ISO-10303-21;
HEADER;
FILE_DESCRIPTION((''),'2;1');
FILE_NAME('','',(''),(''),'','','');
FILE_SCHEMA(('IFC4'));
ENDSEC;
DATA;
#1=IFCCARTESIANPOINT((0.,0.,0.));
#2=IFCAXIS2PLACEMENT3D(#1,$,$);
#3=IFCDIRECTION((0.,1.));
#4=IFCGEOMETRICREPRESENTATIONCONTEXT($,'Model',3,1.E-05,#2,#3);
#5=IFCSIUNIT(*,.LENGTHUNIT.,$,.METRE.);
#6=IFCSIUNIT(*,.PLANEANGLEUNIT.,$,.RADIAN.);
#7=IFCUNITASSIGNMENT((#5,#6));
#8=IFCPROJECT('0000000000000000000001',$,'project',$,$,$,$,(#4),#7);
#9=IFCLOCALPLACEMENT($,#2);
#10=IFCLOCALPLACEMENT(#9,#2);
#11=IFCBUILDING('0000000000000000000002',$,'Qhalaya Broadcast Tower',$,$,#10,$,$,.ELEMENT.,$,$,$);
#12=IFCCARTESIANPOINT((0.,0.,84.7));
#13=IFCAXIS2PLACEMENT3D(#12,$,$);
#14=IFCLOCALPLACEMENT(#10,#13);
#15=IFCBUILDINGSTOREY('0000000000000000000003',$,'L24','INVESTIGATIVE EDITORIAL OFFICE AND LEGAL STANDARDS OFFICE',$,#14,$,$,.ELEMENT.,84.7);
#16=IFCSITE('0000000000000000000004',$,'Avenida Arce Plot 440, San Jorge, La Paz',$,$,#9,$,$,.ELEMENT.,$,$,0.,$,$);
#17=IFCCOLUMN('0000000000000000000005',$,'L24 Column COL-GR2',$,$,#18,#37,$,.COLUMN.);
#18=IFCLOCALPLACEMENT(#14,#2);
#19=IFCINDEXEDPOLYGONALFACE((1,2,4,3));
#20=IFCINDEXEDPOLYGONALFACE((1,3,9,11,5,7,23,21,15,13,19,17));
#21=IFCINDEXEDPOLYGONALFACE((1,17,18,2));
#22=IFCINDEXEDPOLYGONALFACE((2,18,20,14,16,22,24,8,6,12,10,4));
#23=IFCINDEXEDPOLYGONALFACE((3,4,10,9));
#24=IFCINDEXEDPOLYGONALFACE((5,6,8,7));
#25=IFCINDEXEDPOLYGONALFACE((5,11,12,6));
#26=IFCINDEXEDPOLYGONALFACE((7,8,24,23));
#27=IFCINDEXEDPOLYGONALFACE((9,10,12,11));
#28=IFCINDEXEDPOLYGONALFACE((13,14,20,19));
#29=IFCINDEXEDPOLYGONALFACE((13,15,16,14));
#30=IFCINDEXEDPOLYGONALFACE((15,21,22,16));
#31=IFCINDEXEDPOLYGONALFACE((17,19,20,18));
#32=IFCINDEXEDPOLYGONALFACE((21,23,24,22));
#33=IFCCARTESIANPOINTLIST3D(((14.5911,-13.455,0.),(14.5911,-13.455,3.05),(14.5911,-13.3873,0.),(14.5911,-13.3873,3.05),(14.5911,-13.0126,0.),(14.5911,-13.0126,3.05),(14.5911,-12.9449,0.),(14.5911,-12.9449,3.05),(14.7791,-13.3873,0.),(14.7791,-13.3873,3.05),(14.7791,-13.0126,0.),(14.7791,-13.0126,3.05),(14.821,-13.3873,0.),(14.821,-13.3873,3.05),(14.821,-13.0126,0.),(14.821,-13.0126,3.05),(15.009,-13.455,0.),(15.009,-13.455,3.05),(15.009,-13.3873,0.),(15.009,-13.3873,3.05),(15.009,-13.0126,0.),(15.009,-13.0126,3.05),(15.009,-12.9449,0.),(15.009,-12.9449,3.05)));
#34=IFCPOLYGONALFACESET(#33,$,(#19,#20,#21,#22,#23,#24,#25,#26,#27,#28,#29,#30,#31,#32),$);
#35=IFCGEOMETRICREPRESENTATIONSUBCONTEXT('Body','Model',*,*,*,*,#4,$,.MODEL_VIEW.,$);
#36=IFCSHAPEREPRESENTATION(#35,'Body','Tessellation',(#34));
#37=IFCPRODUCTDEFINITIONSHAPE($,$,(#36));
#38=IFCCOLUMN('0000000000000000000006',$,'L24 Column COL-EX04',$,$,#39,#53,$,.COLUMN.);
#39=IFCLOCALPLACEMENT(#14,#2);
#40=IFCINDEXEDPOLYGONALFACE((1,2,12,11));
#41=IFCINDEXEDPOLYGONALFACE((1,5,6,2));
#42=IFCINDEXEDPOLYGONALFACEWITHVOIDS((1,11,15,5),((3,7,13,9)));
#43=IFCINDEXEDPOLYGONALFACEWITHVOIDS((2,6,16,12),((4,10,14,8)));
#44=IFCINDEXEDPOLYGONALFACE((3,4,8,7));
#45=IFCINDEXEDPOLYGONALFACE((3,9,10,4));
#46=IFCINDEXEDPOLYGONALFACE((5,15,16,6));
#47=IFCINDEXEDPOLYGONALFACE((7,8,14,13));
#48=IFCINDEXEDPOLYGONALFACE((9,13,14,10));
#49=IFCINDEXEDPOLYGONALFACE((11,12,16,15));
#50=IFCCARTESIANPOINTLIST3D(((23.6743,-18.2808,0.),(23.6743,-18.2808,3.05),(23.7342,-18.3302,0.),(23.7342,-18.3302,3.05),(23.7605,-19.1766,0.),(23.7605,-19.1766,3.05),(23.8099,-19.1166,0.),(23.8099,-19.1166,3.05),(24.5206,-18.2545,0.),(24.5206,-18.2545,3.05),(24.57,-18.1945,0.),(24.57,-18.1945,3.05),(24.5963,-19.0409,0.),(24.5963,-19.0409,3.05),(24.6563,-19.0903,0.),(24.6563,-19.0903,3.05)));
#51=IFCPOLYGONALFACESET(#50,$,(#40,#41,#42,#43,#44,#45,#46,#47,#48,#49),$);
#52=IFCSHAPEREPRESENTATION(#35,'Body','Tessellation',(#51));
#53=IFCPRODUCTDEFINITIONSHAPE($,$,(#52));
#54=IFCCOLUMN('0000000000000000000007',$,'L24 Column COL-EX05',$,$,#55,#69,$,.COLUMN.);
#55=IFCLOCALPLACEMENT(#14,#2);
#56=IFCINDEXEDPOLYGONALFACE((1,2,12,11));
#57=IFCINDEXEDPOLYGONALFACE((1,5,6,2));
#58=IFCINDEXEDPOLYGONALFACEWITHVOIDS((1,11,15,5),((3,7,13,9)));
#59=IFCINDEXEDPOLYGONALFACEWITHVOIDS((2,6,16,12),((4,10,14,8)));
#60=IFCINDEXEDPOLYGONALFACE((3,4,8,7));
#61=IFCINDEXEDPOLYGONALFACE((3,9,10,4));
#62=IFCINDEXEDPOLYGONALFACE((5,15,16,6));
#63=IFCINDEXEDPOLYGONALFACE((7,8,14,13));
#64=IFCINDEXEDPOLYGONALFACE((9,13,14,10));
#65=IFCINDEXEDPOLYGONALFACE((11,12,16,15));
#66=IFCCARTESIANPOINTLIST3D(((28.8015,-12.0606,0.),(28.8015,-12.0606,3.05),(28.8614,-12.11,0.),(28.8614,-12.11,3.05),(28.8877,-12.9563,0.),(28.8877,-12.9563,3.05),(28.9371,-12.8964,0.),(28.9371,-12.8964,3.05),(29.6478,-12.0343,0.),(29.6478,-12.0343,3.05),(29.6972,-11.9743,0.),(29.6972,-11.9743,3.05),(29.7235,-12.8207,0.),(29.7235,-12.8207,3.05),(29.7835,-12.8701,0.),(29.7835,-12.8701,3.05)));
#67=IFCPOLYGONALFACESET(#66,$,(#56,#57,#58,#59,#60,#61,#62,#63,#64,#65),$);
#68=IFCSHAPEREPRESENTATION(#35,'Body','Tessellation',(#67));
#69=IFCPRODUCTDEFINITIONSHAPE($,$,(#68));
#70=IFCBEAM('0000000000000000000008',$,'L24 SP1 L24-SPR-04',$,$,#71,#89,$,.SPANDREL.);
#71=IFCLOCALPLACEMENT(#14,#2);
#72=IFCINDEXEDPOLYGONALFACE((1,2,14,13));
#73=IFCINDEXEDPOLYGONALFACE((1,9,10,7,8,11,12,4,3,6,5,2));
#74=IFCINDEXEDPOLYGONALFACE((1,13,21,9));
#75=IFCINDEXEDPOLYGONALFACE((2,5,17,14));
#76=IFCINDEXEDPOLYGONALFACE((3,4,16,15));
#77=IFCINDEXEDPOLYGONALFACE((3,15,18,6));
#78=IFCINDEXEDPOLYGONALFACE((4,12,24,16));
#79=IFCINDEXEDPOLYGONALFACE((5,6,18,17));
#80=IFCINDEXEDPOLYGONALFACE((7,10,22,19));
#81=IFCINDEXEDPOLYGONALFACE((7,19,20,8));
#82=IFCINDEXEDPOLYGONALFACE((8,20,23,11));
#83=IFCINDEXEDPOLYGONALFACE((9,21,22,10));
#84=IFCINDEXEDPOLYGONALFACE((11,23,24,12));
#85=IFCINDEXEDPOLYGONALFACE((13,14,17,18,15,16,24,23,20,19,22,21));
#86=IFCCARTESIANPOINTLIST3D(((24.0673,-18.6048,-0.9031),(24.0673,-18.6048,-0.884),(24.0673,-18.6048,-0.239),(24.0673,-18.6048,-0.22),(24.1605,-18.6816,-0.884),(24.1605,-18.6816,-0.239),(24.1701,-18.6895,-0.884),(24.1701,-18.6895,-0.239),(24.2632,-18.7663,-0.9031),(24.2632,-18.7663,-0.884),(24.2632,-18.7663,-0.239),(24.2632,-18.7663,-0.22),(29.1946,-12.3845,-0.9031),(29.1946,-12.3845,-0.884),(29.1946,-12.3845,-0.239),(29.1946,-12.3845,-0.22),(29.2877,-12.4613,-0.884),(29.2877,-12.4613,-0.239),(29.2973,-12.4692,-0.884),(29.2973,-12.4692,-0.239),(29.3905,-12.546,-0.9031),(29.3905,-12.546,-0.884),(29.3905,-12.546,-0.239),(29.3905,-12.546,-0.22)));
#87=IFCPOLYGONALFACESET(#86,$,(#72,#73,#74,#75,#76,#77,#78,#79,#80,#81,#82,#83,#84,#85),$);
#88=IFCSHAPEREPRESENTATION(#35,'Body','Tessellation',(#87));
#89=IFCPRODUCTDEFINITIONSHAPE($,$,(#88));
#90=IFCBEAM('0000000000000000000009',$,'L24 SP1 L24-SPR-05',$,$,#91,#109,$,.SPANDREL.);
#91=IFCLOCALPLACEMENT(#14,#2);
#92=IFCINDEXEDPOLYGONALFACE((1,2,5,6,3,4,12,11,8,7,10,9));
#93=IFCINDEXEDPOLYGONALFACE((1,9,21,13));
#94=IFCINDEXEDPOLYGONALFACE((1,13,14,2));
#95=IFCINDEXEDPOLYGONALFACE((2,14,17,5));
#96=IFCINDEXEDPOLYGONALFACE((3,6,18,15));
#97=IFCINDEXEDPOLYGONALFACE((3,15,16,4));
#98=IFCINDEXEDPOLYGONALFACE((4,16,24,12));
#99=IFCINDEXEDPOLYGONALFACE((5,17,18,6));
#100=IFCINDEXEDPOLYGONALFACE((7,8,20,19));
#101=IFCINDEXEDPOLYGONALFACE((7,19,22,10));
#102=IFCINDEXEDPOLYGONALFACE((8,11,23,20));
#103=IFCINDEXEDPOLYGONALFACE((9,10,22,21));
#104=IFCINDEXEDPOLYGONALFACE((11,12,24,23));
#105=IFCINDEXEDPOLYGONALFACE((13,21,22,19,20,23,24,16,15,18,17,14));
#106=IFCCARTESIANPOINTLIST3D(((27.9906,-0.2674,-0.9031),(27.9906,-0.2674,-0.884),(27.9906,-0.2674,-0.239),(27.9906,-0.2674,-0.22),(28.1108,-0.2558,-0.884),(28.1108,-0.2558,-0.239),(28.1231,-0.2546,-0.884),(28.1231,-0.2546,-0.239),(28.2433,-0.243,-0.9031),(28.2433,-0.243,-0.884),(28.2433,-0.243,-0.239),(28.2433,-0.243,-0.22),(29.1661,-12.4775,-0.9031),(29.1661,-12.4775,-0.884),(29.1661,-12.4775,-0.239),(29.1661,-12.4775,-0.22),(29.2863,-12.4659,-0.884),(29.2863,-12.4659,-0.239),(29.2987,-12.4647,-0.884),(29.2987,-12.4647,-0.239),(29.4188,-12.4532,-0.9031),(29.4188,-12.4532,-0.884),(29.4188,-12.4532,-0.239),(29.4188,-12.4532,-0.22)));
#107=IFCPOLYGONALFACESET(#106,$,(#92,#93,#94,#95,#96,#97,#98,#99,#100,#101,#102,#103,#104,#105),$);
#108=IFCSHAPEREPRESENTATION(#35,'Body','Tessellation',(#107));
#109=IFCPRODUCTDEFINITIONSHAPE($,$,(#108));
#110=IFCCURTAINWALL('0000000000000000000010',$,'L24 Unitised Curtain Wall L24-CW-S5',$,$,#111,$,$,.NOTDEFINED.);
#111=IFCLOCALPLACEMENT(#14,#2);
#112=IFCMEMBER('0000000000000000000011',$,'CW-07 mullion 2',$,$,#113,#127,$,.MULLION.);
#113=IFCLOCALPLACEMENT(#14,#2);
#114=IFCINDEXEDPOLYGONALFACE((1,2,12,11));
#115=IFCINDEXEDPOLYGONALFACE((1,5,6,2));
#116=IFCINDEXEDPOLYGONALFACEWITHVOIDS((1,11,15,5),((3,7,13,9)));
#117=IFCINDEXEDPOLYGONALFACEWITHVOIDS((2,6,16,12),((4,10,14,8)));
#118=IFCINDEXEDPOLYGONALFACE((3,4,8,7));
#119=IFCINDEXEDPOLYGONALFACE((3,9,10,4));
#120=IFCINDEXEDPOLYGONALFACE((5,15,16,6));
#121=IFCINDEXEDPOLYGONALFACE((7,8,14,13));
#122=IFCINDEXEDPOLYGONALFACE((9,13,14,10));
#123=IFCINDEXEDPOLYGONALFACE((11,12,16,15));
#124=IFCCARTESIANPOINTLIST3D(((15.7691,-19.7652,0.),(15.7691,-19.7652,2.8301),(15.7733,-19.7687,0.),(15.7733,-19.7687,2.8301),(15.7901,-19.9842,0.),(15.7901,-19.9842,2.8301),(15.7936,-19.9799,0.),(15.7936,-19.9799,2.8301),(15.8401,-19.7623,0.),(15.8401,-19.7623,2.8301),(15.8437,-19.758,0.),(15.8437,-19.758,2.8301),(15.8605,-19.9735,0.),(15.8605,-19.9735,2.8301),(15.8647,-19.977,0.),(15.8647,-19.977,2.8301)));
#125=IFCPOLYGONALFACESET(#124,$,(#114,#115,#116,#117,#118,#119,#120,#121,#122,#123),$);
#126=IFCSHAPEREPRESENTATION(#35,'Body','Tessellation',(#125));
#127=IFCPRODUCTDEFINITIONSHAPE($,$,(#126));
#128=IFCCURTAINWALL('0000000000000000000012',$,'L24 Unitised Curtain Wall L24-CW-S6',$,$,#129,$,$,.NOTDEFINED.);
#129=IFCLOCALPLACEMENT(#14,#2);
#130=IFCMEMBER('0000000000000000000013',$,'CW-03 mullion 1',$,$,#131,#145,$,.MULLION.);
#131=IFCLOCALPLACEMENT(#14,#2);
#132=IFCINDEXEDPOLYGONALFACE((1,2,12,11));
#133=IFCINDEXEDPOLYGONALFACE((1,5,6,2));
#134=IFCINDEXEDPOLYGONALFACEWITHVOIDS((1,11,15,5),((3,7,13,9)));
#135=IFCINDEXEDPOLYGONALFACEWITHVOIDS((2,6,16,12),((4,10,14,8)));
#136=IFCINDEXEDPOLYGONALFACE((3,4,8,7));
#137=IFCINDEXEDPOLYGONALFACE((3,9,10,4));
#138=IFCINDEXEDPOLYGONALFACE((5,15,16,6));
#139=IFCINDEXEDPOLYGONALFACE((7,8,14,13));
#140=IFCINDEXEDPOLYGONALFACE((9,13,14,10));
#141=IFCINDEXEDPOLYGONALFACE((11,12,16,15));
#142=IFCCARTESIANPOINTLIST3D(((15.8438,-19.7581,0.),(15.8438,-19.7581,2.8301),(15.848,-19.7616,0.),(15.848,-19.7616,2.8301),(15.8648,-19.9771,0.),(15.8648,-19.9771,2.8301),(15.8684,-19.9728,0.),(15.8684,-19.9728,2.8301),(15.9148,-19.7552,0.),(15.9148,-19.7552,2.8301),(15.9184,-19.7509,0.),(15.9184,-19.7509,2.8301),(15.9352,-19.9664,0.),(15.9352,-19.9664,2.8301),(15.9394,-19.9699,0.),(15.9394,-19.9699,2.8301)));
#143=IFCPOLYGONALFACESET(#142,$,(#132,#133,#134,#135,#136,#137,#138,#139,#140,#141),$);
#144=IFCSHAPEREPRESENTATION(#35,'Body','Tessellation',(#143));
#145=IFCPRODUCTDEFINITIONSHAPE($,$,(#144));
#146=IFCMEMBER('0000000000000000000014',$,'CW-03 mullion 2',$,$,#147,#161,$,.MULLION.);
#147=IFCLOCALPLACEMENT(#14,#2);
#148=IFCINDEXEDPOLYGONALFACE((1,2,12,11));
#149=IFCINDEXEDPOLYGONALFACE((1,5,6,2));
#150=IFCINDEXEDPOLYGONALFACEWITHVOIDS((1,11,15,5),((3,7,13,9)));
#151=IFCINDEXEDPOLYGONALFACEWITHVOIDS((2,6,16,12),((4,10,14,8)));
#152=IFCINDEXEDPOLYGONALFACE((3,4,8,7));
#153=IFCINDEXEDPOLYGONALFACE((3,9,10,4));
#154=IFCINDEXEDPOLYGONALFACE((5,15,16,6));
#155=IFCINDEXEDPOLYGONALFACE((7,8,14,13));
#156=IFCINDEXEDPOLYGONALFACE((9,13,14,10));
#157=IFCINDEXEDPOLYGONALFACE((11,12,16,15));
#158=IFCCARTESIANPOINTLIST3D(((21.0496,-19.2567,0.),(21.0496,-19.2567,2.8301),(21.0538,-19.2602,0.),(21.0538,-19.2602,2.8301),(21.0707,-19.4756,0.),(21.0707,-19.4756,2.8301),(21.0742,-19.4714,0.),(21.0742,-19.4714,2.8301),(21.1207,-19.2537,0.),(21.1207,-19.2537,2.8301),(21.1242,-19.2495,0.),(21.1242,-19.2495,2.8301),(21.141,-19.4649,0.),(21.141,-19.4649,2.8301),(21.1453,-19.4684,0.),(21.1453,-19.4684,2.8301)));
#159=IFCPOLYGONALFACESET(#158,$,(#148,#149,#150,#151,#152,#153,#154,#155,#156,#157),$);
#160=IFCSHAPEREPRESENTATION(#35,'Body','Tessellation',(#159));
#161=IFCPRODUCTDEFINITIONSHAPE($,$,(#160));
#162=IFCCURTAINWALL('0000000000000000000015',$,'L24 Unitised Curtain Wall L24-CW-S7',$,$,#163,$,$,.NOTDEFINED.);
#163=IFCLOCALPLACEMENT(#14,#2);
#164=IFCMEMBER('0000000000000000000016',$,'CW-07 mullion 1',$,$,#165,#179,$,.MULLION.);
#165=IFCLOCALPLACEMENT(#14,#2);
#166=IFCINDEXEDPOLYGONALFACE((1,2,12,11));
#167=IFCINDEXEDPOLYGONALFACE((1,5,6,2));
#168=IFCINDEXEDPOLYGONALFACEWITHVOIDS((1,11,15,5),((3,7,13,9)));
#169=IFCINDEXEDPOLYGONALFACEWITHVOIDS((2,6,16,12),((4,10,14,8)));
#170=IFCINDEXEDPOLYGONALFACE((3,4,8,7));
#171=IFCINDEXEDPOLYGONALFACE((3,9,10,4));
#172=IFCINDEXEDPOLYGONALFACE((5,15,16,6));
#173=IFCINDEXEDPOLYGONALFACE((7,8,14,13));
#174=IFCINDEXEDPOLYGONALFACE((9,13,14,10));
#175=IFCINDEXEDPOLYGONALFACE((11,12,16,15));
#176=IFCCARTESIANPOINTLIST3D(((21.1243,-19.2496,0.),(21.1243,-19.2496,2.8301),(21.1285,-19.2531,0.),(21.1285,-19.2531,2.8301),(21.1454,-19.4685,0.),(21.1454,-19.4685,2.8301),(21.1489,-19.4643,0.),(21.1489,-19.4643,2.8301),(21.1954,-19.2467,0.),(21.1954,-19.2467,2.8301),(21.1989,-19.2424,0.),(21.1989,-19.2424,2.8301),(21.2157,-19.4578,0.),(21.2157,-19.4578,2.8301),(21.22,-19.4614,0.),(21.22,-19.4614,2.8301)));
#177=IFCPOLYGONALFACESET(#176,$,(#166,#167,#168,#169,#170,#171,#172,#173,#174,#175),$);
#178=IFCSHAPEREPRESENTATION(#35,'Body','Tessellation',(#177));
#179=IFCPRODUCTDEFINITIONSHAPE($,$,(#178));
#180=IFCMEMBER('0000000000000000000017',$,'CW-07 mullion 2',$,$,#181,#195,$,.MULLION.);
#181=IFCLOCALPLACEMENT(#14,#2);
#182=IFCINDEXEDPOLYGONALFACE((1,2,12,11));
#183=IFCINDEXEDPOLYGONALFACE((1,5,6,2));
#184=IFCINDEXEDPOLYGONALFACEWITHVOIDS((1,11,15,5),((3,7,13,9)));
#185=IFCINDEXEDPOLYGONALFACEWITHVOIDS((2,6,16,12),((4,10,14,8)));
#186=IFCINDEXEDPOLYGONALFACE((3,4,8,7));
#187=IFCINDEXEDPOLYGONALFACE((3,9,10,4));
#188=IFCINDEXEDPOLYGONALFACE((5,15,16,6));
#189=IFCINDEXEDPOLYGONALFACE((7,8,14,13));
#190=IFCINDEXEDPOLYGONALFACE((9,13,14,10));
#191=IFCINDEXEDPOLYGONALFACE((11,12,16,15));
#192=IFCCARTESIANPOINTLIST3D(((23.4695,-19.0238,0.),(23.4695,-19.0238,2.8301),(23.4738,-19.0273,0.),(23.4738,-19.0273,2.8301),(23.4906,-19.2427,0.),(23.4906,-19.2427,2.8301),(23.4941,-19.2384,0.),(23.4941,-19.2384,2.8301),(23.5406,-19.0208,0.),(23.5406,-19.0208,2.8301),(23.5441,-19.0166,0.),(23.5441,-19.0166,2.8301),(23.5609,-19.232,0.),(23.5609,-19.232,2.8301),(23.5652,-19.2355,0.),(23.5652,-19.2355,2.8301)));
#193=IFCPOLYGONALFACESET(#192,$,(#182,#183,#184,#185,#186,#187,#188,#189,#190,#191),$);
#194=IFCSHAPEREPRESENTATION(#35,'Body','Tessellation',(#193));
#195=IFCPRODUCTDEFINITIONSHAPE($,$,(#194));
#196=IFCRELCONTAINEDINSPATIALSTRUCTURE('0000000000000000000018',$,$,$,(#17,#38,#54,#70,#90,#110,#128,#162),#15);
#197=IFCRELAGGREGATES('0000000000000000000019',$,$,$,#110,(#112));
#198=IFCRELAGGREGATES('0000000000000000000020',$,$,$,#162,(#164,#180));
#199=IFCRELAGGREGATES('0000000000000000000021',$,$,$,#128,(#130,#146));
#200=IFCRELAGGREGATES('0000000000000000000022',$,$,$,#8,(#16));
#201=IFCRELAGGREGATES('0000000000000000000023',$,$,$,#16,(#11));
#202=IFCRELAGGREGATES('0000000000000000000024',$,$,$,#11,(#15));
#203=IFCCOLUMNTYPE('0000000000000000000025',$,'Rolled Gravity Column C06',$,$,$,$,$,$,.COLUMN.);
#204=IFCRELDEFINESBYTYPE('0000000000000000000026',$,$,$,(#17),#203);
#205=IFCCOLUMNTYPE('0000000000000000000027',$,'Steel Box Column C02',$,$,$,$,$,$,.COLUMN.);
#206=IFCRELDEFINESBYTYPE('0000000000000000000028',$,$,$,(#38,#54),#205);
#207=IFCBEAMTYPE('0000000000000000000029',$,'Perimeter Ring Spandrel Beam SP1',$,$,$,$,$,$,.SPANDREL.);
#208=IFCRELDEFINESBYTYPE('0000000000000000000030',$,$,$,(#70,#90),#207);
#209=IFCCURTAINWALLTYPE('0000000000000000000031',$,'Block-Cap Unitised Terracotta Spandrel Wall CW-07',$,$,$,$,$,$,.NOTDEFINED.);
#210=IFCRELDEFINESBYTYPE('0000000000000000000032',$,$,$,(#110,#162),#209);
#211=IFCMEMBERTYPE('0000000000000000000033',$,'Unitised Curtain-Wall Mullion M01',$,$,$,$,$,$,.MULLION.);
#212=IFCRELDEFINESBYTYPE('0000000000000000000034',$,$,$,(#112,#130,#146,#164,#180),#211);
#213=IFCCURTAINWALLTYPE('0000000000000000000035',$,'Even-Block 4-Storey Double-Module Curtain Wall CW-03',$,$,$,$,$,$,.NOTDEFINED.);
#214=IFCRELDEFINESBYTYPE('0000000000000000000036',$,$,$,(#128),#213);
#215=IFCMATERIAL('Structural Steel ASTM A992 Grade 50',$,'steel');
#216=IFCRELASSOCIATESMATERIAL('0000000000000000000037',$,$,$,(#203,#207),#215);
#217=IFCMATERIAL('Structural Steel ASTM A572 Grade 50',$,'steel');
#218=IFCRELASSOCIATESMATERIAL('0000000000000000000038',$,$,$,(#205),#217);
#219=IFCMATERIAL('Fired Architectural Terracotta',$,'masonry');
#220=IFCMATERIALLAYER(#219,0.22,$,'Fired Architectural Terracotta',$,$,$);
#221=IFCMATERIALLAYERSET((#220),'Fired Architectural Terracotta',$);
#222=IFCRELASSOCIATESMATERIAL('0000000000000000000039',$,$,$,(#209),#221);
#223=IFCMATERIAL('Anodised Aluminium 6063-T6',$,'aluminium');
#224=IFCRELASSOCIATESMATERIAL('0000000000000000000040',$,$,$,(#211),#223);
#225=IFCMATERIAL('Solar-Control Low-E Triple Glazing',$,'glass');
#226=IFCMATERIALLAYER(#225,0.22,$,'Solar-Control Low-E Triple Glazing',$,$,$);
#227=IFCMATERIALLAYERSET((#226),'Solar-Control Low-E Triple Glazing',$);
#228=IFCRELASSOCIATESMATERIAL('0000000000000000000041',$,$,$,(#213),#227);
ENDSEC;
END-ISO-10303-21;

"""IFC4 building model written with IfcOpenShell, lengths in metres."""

from ifc_helpers import new_model, si_unit, direction, frame, origin, origin_2d, place, context, subcontext, project, spatial, hollow_rectangle, i_section, extrude, material, layer, layer_set, material_profile, profile_set, type_object, element, aggregate, save


model = new_model("IFC4")

# Units and contexts
model_context = context("Model", 3, precision=1e-05, world=origin(), true_north=direction((0.0, 1.0)))
body_context = subcontext(model_context, "Body", "Model", "MODEL_VIEW")
ifc_project = project(units=[si_unit("LENGTHUNIT", "METRE"), si_unit("PLANEANGLEUNIT", "RADIAN")], contexts=[model_context])

# Site, building, storey
site_placement = place(None, origin())
site = spatial("IfcSite", under=ifc_project, at=site_placement, Name="Avenida Arce Plot 440, San Jorge, La Paz", CompositionType="ELEMENT", RefElevation=0.0)
building_placement = place(site_placement, origin())
building = spatial("IfcBuilding", under=site, at=building_placement, Name="Qhalaya Broadcast Tower", CompositionType="ELEMENT")
storey_placement = place(building_placement, frame((0.0, 0.0, 84.7)))
storey = spatial("IfcBuildingStorey", under=building, at=storey_placement, Name="L24", Description="INVESTIGATIVE EDITORIAL OFFICE AND LEGAL STANDARDS OFFICE", CompositionType="ELEMENT", Elevation=84.7)

# Columns
ifc_material_1 = material(Name="Structural Steel ASTM A992 Grade 50", Category="steel")
ifc_material_profile_1 = material_profile(ifc_material_1, i_section(OverallWidth=0.418, OverallDepth=0.51, WebThickness=0.042, FlangeThickness=0.0676, at=origin_2d()), Name="W14X370")
ifc_profile_set_1 = profile_set([ifc_material_profile_1], Name="Structural Steel ASTM A992 Grade 50")
column_type_1 = type_object("IfcColumnType", Name="Rolled Gravity Column C06", PredefinedType="COLUMN", material=ifc_profile_set_1)
column_placement = place(storey_placement, frame((14.8, -13.2, 0.0), z_axis=(0.0, 0.0, 1.0), x_axis=(1.0, 0.0, 0.0)))
element("IfcColumn", 1, at=column_placement, inside=storey, type_object=column_type_1, Name="L24 Column COL-GR2", PredefinedType="COLUMN", context=body_context, shape_type="SweptSolid", body=[
    extrude(i_section(OverallWidth=0.418, OverallDepth=0.51, WebThickness=0.042, FlangeThickness=0.0676, at=origin_2d()), origin(), (0.0, 0.0, 1.0), 3.05),
])
ifc_material_2 = material(Name="Structural Steel ASTM A572 Grade 50", Category="steel")
ifc_material_profile_2 = material_profile(ifc_material_2, hollow_rectangle(XDim=0.8999, YDim=0.8999, WallThickness=0.0549, at=origin_2d()), Name="BOX 900x900x55")
ifc_profile_set_2 = profile_set([ifc_material_profile_2], Name="Structural Steel ASTM A572 Grade 50")
column_type_2 = type_object("IfcColumnType", Name="Steel Box Column C02", PredefinedType="COLUMN", material=ifc_profile_set_2)
for number, where, z_axis, x_axis, name in (
    (2, (24.1653, -18.6855, 0.0), (0.0, 0.0, 1.0), (0.995396, 0.095846, 0.0), "L24 Column COL-EX04"),
    (3, (29.2925, -12.4653, 0.0), (0.0, 0.0, 1.0), (-0.095846, 0.995396, 0.0), "L24 Column COL-EX05"),
):
    element("IfcColumn", number, at=place(storey_placement, frame(where, z_axis=z_axis, x_axis=x_axis)), inside=storey, type_object=column_type_2, Name=name, PredefinedType="COLUMN", context=body_context, shape_type="SweptSolid", body=[
        extrude(hollow_rectangle(XDim=0.8999, YDim=0.8999, WallThickness=0.0549, at=origin_2d()), origin(), (0.0, 0.0, 1.0), 3.05),
    ])

# Beams
ifc_material_profile_3 = material_profile(ifc_material_1, i_section(OverallWidth=0.2539, OverallDepth=0.6831, WebThickness=0.0125, FlangeThickness=0.019, at=origin_2d()), Name="W27X94")
ifc_profile_set_3 = profile_set([ifc_material_profile_3], Name="Structural Steel ASTM A992 Grade 50")
beam_type = type_object("IfcBeamType", Name="Perimeter Ring Spandrel Beam SP1", PredefinedType="SPANDREL", material=ifc_profile_set_3)
beam_1_placement = place(storey_placement, frame((24.1653, -18.6855, -0.5615), z_axis=(0.636052, 0.771646, 0.0), x_axis=(-0.771646, 0.636052, 0.0)))
element("IfcBeam", 4, at=beam_1_placement, inside=storey, type_object=beam_type, Name="L24 SP1 L24-SPR-04", PredefinedType="SPANDREL", context=body_context, shape_type="SweptSolid", body=[
    extrude(i_section(OverallWidth=0.2539, OverallDepth=0.6831, WebThickness=0.0125, FlangeThickness=0.019, at=origin_2d()), origin(), (0.0, 0.0, 1.0), 8.061),
])
beam_2_placement = place(storey_placement, frame((29.2925, -12.4653, -0.5615), z_axis=(-0.095832, 0.995398, 0.0), x_axis=(-0.995398, -0.095832, 0.0)))
element("IfcBeam", 5, at=beam_2_placement, inside=storey, type_object=beam_type, Name="L24 SP1 L24-SPR-05", PredefinedType="SPANDREL", context=body_context, shape_type="SweptSolid", body=[
    extrude(i_section(OverallWidth=0.2539, OverallDepth=0.6831, WebThickness=0.0125, FlangeThickness=0.019, at=origin_2d()), origin(), (0.0, 0.0, 1.0), 12.2666),
])

# Curtain wall, member
ifc_material_3 = material(Name="Fired Architectural Terracotta", Category="masonry")
ifc_layer_1 = layer(ifc_material_3, 0.22, Name="Fired Architectural Terracotta")
ifc_layer_set_1 = layer_set([ifc_layer_1], Name="Fired Architectural Terracotta")
curtain_wall_type_1 = type_object("IfcCurtainWallType", Name="Block-Cap Unitised Terracotta Spandrel Wall CW-07", PredefinedType="NOTDEFINED", material=ifc_layer_set_1)
curtain_wall_1_placement = place(storey_placement, origin())
curtain_wall_1 = element("IfcCurtainWall", 6, at=curtain_wall_1_placement, inside=storey, type_object=curtain_wall_type_1, Name="L24 Unitised Curtain Wall L24-CW-S5", PredefinedType="NOTDEFINED")
ifc_material_4 = material(Name="Anodised Aluminium 6063-T6", Category="aluminium")
ifc_material_profile_4 = material_profile(ifc_material_4, hollow_rectangle(XDim=0.075, YDim=0.22, WallThickness=0.0039, at=origin_2d()), Name="ALU-MUL 75x220x4")
ifc_profile_set_4 = profile_set([ifc_material_profile_4], Name="Anodised Aluminium 6063-T6")
member_type_1 = type_object("IfcMemberType", Name="Unitised Curtain-Wall Mullion M01", PredefinedType="MULLION", material=ifc_profile_set_4)
member_1_placement = place(storey_placement, frame((15.8169, -19.8711, 0.0), z_axis=(0.0, 0.0, 1.0), x_axis=(0.995396, 0.095843, 0.0)))
member_1 = element("IfcMember", 7, at=member_1_placement, type_object=member_type_1, Name="CW-07 mullion 2", PredefinedType="MULLION", context=body_context, shape_type="SweptSolid", body=[
    extrude(hollow_rectangle(XDim=0.075, YDim=0.22, WallThickness=0.0039, at=origin_2d()), origin(), (0.0, 0.0, 1.0), 2.8301),
])
aggregate(curtain_wall_1, [member_1])

# Curtain walls, members
ifc_material_5 = material(Name="Solar-Control Low-E Triple Glazing", Category="glass")
ifc_layer_2 = layer(ifc_material_5, 0.22, Name="Solar-Control Low-E Triple Glazing")
ifc_layer_set_2 = layer_set([ifc_layer_2], Name="Solar-Control Low-E Triple Glazing")
curtain_wall_type_2 = type_object("IfcCurtainWallType", Name="Even-Block 4-Storey Double-Module Curtain Wall CW-03", PredefinedType="NOTDEFINED", material=ifc_layer_set_2)
curtain_wall_2_placement = place(storey_placement, origin())
curtain_wall_2 = element("IfcCurtainWall", 8, at=curtain_wall_2_placement, inside=storey, type_object=curtain_wall_type_2, Name="L24 Unitised Curtain Wall L24-CW-S6", PredefinedType="NOTDEFINED")
member_2_placement = place(storey_placement, frame((15.8916, -19.864, 0.0), z_axis=(0.0, 0.0, 1.0), x_axis=(0.995396, 0.095852, 0.0)))
member_2 = element("IfcMember", 9, at=member_2_placement, type_object=member_type_1, Name="CW-03 mullion 1", PredefinedType="MULLION", context=body_context, shape_type="SweptSolid", body=[
    extrude(hollow_rectangle(XDim=0.075, YDim=0.22, WallThickness=0.0039, at=origin_2d()), origin(), (0.0, 0.0, 1.0), 2.8301),
])
member_3_placement = place(storey_placement, frame((21.0974, -19.3625, 0.0), z_axis=(0.0, 0.0, 1.0), x_axis=(0.995396, 0.095852, 0.0)))
member_3 = element("IfcMember", 10, at=member_3_placement, type_object=member_type_1, Name="CW-03 mullion 2", PredefinedType="MULLION", context=body_context, shape_type="SweptSolid", body=[
    extrude(hollow_rectangle(XDim=0.075, YDim=0.22, WallThickness=0.0039, at=origin_2d()), origin(), (0.0, 0.0, 1.0), 2.8301),
])
curtain_wall_3_placement = place(storey_placement, origin())
curtain_wall_3 = element("IfcCurtainWall", 11, at=curtain_wall_3_placement, inside=storey, type_object=curtain_wall_type_1, Name="L24 Unitised Curtain Wall L24-CW-S7", PredefinedType="NOTDEFINED")
member_4_placement = place(storey_placement, frame((21.1721, -19.3555, 0.0), z_axis=(0.0, 0.0, 1.0), x_axis=(0.995396, 0.095846, 0.0)))
member_4 = element("IfcMember", 12, at=member_4_placement, type_object=member_type_1, Name="CW-07 mullion 1", PredefinedType="MULLION", context=body_context, shape_type="SweptSolid", body=[
    extrude(hollow_rectangle(XDim=0.075, YDim=0.22, WallThickness=0.0039, at=origin_2d()), origin(), (0.0, 0.0, 1.0), 2.8301),
])
member_5_placement = place(storey_placement, frame((23.5173, -19.1296, 0.0), z_axis=(0.0, 0.0, 1.0), x_axis=(0.995396, 0.095846, 0.0)))
member_5 = element("IfcMember", 13, at=member_5_placement, type_object=member_type_1, Name="CW-07 mullion 2", PredefinedType="MULLION", context=body_context, shape_type="SweptSolid", body=[
    extrude(hollow_rectangle(XDim=0.075, YDim=0.22, WallThickness=0.0039, at=origin_2d()), origin(), (0.0, 0.0, 1.0), 2.8301),
])

aggregate(curtain_wall_3, [member_4, member_5])
aggregate(curtain_wall_2, [member_2, member_3])

save(model, "model.ifc")
